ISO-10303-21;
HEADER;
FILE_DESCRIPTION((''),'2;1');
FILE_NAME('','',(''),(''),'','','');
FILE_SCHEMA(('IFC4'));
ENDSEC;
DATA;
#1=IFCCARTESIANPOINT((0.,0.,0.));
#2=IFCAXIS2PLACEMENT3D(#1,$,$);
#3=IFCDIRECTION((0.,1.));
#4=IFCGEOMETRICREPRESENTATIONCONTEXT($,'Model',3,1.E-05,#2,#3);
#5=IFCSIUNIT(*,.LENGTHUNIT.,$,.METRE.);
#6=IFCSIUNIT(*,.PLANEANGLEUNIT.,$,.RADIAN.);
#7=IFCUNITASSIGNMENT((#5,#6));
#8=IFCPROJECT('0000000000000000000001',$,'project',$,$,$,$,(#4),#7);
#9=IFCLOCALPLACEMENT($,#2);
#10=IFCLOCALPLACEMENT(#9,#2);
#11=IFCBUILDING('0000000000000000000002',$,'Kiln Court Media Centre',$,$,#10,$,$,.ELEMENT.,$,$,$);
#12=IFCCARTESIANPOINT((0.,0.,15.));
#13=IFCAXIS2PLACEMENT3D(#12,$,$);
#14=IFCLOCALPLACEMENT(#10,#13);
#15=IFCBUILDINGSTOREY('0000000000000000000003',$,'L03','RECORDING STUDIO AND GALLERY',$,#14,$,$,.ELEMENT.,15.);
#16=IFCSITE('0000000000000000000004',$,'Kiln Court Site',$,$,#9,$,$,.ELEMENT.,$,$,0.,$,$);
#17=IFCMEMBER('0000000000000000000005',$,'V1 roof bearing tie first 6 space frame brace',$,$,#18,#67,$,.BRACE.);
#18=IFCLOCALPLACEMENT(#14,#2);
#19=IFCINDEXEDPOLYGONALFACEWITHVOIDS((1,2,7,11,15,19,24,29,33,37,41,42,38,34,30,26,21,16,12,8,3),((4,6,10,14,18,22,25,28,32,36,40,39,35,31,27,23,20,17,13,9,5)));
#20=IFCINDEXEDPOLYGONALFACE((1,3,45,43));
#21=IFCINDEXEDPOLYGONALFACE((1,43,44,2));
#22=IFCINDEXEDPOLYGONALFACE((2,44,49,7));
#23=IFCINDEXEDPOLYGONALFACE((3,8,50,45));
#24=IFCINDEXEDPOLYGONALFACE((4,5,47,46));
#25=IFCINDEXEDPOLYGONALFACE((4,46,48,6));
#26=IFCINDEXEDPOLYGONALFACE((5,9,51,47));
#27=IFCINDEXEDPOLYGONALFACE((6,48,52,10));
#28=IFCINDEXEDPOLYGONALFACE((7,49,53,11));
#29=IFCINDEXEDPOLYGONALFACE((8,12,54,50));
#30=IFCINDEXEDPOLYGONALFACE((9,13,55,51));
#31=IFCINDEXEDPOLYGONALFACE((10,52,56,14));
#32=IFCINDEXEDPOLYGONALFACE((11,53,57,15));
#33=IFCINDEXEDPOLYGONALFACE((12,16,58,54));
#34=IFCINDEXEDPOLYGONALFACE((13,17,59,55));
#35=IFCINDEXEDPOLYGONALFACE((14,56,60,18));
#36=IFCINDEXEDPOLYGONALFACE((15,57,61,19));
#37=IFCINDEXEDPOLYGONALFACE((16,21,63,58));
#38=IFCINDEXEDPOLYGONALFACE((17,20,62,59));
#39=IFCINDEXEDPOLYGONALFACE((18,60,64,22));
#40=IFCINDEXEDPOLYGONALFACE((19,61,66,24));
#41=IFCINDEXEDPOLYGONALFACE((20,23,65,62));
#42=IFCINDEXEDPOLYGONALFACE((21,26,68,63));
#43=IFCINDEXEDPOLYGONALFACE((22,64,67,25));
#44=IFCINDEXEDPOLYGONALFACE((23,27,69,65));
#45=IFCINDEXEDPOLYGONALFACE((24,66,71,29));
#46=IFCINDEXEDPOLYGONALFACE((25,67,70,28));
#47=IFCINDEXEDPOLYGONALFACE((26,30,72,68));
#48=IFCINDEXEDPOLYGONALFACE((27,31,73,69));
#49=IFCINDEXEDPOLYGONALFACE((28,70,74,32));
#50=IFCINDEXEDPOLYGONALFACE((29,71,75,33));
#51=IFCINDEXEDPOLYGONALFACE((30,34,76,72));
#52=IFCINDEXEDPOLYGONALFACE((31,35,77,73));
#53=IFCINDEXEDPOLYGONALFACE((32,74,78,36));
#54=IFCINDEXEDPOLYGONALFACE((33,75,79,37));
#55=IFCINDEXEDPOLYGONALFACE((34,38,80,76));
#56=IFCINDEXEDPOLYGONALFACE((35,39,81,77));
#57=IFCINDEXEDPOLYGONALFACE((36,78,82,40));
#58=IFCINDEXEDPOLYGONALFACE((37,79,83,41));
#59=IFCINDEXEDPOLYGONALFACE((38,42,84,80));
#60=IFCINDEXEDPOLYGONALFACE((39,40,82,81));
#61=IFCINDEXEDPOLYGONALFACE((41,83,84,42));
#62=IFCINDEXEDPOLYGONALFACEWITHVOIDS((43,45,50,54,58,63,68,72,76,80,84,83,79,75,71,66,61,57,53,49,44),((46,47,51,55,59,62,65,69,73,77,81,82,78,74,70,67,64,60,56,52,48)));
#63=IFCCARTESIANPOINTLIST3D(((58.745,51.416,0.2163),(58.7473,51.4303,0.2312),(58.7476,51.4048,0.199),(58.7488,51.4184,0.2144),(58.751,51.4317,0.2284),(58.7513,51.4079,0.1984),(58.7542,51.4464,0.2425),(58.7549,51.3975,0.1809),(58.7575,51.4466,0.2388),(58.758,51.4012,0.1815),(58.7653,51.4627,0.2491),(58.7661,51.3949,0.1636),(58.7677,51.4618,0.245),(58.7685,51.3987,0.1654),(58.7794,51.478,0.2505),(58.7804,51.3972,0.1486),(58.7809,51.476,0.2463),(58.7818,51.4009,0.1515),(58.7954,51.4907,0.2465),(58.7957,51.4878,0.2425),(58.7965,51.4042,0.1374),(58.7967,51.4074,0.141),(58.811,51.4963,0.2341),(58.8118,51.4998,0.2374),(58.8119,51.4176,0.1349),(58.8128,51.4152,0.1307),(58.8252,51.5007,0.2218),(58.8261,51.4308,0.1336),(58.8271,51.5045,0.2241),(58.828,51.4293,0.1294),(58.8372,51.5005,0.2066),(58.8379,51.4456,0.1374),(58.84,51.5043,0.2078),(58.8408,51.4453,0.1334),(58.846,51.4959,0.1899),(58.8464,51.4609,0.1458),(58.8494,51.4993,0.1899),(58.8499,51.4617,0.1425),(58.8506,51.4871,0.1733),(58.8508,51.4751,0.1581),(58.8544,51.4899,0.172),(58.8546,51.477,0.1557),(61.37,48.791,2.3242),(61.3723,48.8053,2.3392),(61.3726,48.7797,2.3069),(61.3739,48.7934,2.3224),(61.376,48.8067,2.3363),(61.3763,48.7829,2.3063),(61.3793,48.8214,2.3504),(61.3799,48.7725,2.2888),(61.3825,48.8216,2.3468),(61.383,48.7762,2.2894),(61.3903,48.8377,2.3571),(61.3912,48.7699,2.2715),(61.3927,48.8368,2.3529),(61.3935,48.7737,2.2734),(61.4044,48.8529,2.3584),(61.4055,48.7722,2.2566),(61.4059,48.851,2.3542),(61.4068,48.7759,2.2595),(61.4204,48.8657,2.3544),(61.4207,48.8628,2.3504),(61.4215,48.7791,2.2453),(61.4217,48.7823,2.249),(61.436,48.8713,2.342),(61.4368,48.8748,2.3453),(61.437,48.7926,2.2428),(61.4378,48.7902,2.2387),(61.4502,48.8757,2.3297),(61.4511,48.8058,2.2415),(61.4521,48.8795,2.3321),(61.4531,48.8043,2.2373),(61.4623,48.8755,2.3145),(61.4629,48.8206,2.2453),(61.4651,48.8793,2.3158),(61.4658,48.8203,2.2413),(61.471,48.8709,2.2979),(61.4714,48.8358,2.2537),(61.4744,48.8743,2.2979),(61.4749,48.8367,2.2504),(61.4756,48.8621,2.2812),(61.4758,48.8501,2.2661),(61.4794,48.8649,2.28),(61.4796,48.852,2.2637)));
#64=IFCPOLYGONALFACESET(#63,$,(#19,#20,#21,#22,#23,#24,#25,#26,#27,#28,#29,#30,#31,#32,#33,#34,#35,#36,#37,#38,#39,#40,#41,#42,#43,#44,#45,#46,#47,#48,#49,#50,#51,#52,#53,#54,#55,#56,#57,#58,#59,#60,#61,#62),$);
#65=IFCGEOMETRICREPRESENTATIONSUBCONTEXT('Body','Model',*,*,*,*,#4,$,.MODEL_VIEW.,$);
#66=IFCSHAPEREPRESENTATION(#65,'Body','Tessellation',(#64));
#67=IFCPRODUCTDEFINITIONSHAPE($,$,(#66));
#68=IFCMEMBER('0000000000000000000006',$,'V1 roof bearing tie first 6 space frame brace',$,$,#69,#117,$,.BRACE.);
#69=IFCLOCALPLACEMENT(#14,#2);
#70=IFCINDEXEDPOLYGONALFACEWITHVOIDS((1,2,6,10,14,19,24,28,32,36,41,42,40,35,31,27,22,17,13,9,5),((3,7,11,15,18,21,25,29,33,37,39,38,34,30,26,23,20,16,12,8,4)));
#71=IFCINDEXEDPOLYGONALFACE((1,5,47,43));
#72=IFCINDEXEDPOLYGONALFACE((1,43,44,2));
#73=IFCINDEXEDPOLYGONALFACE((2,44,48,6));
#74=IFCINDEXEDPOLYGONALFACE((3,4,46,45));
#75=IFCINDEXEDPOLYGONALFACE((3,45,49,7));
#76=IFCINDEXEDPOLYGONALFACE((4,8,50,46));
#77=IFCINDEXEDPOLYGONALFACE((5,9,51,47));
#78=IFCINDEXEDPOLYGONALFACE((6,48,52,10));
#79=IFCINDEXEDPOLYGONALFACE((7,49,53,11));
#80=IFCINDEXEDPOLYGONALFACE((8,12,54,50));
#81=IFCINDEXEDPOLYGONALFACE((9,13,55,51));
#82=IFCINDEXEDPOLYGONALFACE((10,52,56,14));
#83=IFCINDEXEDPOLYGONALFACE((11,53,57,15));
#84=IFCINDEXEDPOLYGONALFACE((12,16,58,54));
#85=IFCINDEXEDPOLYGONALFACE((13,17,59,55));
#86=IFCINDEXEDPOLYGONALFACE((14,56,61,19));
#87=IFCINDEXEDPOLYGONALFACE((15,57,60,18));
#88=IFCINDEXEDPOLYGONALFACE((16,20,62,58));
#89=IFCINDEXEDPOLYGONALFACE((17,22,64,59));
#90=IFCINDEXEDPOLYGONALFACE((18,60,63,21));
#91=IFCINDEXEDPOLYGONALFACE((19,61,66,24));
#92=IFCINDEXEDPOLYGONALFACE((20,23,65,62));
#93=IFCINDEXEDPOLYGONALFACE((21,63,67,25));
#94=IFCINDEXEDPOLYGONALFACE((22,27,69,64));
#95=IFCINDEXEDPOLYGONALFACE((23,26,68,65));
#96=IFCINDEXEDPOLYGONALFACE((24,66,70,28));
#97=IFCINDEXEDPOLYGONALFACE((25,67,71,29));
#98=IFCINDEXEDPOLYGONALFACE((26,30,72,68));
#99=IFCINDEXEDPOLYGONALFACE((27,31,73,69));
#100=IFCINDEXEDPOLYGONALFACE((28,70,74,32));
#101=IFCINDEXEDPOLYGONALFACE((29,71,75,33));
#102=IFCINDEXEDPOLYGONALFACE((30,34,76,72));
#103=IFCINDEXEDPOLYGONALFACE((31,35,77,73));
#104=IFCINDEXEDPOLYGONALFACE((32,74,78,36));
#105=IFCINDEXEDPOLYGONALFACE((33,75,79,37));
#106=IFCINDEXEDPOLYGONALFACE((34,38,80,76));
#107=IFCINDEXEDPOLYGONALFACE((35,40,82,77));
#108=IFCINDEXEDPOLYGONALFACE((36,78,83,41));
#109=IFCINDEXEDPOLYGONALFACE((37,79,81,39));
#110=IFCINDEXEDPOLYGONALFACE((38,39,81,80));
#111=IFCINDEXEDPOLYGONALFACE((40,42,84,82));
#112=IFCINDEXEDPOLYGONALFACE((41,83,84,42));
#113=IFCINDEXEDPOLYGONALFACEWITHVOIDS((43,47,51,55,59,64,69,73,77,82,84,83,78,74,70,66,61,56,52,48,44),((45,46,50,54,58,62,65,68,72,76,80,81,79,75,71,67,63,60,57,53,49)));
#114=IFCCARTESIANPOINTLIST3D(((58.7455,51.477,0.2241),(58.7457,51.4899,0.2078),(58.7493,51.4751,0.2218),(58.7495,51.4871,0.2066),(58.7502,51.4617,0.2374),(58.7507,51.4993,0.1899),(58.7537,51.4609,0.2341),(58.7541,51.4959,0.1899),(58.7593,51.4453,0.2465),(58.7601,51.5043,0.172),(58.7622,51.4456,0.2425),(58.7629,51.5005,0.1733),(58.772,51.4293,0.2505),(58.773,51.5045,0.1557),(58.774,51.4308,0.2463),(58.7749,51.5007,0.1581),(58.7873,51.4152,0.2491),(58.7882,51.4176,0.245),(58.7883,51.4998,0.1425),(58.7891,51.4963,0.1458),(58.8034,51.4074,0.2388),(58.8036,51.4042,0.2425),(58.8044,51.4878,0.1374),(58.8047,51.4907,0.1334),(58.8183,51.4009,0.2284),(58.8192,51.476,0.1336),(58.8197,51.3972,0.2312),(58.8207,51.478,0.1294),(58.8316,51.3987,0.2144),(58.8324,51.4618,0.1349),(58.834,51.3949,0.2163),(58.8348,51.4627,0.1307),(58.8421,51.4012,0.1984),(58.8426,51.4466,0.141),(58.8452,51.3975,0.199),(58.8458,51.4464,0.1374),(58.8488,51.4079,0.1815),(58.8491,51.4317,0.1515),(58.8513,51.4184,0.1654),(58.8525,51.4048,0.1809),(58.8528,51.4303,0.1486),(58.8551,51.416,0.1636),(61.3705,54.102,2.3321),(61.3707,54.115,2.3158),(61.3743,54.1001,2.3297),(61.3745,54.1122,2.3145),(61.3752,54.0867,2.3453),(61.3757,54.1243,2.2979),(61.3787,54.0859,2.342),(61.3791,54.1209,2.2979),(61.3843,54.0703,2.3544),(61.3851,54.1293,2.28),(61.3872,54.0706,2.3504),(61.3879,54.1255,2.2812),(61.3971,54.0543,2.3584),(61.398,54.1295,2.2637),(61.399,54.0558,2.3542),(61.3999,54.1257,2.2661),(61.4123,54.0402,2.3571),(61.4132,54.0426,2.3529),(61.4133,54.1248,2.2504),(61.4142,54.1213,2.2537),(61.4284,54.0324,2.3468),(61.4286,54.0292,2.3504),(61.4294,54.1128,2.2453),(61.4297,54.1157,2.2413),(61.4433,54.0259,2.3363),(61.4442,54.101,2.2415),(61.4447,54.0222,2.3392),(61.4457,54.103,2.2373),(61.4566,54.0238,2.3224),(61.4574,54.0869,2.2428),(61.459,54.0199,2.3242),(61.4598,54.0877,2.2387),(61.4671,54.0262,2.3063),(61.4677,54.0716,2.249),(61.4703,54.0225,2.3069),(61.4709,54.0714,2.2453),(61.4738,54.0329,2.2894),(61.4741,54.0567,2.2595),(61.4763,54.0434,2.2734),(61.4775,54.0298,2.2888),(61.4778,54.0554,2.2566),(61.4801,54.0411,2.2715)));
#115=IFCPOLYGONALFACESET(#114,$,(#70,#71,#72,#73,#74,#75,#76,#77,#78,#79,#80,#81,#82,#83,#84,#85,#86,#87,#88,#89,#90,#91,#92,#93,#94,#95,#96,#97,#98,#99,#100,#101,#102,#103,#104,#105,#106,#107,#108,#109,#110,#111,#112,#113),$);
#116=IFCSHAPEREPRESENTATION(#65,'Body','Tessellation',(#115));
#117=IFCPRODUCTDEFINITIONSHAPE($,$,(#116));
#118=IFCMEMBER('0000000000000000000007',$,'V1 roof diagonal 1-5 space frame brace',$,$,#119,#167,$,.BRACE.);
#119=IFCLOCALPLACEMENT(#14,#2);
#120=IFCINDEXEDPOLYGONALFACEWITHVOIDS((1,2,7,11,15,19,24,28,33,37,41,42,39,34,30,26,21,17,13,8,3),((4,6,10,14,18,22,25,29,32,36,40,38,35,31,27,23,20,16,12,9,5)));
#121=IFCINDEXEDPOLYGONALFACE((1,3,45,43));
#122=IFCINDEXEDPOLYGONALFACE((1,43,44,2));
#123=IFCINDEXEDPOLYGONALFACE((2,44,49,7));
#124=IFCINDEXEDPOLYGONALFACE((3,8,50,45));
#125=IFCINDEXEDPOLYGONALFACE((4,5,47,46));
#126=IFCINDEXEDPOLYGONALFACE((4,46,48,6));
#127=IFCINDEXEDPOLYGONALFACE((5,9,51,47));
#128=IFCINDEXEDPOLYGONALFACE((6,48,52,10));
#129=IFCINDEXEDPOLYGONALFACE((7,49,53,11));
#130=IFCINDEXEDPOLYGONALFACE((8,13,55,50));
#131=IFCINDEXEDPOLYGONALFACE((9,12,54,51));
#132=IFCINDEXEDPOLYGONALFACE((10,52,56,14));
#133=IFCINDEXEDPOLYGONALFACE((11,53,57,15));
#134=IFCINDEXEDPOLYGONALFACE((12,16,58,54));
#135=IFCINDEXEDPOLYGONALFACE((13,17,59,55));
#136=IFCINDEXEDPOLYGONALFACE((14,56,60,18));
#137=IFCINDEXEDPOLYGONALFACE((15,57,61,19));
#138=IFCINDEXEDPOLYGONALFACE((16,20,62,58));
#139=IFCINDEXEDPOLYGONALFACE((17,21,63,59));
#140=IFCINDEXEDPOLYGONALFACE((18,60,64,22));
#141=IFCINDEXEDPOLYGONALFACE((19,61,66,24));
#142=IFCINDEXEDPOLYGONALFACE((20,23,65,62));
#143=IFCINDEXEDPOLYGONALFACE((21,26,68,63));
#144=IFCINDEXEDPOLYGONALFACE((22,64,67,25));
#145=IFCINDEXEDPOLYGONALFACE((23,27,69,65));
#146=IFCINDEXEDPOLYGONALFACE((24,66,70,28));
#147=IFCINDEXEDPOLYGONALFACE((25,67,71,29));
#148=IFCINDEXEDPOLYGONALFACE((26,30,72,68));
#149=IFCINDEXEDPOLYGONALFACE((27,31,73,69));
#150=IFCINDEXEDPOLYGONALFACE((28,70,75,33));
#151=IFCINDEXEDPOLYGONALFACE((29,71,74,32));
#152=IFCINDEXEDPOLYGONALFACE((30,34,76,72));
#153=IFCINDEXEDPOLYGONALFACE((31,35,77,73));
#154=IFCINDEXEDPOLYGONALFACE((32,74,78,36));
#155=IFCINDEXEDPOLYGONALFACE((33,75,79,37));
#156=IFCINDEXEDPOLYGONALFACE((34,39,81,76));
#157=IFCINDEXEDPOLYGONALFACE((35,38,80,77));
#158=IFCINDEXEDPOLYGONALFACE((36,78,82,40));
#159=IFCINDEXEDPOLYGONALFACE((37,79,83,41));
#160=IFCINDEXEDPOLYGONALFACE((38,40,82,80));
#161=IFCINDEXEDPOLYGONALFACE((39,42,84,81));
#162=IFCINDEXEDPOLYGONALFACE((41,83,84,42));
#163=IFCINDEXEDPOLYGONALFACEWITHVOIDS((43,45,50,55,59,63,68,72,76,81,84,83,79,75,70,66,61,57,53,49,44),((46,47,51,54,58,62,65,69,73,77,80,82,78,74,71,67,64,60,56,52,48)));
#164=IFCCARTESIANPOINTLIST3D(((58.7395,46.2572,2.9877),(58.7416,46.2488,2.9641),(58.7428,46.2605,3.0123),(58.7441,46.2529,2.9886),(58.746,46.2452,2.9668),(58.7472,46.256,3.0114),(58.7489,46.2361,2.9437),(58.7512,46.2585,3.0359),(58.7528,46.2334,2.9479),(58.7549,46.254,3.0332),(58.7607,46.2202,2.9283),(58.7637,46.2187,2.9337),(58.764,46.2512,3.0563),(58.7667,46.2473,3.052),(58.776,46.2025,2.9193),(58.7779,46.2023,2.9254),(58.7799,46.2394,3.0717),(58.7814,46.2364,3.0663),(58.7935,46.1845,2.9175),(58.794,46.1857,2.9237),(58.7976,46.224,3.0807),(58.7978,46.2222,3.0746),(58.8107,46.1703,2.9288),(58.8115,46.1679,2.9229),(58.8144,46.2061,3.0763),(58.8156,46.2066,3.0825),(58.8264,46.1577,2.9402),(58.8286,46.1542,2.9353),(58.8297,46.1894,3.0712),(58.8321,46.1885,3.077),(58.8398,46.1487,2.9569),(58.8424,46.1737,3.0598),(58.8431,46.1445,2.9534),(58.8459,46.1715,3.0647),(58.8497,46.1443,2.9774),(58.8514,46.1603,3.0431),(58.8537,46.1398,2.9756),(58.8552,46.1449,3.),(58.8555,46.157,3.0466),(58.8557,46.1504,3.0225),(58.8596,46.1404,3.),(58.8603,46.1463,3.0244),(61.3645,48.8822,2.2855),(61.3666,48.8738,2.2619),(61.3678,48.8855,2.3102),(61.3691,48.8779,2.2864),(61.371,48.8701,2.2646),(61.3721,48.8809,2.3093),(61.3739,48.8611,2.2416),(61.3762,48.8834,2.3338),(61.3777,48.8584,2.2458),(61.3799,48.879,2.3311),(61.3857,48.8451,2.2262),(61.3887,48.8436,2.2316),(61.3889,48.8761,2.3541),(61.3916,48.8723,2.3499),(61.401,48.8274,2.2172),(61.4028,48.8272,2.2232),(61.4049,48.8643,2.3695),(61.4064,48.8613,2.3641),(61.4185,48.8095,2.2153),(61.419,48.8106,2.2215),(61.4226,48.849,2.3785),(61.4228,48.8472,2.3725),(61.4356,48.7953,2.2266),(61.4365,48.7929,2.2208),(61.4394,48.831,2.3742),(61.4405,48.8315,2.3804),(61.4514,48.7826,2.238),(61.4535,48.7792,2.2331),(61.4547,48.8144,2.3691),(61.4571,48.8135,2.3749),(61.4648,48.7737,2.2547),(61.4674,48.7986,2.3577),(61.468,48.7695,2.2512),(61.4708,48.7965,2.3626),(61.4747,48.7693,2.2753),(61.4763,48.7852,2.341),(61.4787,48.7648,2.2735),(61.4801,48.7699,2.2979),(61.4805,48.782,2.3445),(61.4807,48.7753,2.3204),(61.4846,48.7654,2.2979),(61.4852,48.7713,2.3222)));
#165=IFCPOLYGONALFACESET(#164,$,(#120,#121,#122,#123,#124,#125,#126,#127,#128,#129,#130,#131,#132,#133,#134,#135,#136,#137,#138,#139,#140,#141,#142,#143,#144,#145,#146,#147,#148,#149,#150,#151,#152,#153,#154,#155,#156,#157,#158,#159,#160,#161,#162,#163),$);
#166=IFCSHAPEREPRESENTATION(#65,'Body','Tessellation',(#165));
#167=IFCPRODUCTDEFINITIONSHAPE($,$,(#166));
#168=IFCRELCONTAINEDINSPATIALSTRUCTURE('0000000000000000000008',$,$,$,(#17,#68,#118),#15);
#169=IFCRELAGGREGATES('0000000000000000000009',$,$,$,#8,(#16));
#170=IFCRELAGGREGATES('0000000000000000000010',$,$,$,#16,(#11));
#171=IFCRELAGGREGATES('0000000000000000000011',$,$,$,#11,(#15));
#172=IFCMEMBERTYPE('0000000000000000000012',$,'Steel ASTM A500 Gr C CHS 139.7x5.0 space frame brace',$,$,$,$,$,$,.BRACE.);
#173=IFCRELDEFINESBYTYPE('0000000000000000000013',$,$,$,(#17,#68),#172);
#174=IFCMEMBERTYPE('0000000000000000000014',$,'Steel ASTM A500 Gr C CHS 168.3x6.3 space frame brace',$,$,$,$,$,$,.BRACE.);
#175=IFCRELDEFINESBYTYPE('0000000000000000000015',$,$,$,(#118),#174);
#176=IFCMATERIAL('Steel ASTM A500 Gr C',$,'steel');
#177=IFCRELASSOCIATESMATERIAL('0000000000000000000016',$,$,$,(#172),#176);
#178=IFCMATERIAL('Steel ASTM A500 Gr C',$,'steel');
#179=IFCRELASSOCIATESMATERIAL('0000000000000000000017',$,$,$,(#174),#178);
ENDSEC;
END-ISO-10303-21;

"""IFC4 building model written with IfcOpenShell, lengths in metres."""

from ifc_helpers import new_model, si_unit, direction, frame, origin, origin_2d, place, context, subcontext, project, spatial, hollow_circle, extrude, material, material_profile, profile_set, type_object, element, save


model = new_model("IFC4")

# Units and contexts
model_context = context("Model", 3, precision=1e-05, world=origin(), true_north=direction((0.0, 1.0)))
body_context = subcontext(model_context, "Body", "Model", "MODEL_VIEW")
ifc_project = project(units=[si_unit("LENGTHUNIT", "METRE"), si_unit("PLANEANGLEUNIT", "RADIAN")], contexts=[model_context])

# Site, building, storey
site_placement = place(None, origin())
site = spatial("IfcSite", under=ifc_project, at=site_placement, Name="Kiln Court Site", CompositionType="ELEMENT", RefElevation=0.0)
building_placement = place(site_placement, origin())
building = spatial("IfcBuilding", under=site, at=building_placement, Name="Kiln Court Media Centre", CompositionType="ELEMENT")
storey_placement = place(building_placement, frame((0.0, 0.0, 15.0)))
storey = spatial("IfcBuildingStorey", under=building, at=storey_placement, Name="L03", Description="RECORDING STUDIO AND GALLERY", CompositionType="ELEMENT", Elevation=15.0)

# Members
ifc_material_1 = material(Name="Steel ASTM A500 Gr C", Category="steel")
ifc_material_profile_1 = material_profile(ifc_material_1, hollow_circle(Radius=0.0698, WallThickness=0.0049, at=origin_2d()), Name="CHS 139.7x5.0")
ifc_profile_set_1 = profile_set([ifc_material_profile_1], Name="Steel ASTM A500 Gr C")
member_type_1 = type_object("IfcMemberType", Name="Steel ASTM A500 Gr C CHS 139.7x5.0 space frame brace", PredefinedType="BRACE", material=ifc_profile_set_1)
for number, where, z_axis, x_axis, name in (
    (1, (58.8, 51.45, 0.1899), (0.614895, -0.614895, 0.493769), (0.707107, 0.707107, 0.0), "V1 roof bearing tie first 6 space frame brace"),
    (2, (58.8, 51.45, 0.1899), (0.614895, 0.614895, 0.493769), (-0.707107, 0.707107, 0.0), "V1 roof bearing tie first 6 space frame brace"),
):
    element("IfcMember", number, at=place(storey_placement, frame(where, z_axis=z_axis, x_axis=x_axis)), inside=storey, type_object=member_type_1, Name=name, PredefinedType="BRACE", context=body_context, shape_type="SweptSolid", body=[
        extrude(hollow_circle(Radius=0.0698, WallThickness=0.0049, at=origin_2d()), origin(), (0.0, 0.0, 1.0), 4.269),
    ])
ifc_material_2 = material(Name="Steel ASTM A500 Gr C", Category="steel")
ifc_material_profile_2 = material_profile(ifc_material_2, hollow_circle(Radius=0.0842, WallThickness=0.0063, at=origin_2d()), Name="CHS 168.3x6.3")
ifc_profile_set_2 = profile_set([ifc_material_profile_2], Name="Steel ASTM A500 Gr C")
member_type_2 = type_object("IfcMemberType", Name="Steel ASTM A500 Gr C CHS 168.3x6.3 space frame brace", PredefinedType="BRACE", material=ifc_profile_set_2)
member_1_placement = place(storey_placement, frame((61.425, 48.825, 2.2979), z_axis=(-0.694788, -0.694788, 0.185846), x_axis=(0.707107, -0.707107, 0.0)))
element("IfcMember", 3, at=member_1_placement, inside=storey, type_object=member_type_2, Name="V1 roof diagonal 1-5 space frame brace", PredefinedType="BRACE", context=body_context, shape_type="SweptSolid", body=[
    extrude(hollow_circle(Radius=0.0842, WallThickness=0.0063, at=origin_2d()), origin(), (0.0, 0.0, 1.0), 3.7781),
])

save(model, "model.ifc")
